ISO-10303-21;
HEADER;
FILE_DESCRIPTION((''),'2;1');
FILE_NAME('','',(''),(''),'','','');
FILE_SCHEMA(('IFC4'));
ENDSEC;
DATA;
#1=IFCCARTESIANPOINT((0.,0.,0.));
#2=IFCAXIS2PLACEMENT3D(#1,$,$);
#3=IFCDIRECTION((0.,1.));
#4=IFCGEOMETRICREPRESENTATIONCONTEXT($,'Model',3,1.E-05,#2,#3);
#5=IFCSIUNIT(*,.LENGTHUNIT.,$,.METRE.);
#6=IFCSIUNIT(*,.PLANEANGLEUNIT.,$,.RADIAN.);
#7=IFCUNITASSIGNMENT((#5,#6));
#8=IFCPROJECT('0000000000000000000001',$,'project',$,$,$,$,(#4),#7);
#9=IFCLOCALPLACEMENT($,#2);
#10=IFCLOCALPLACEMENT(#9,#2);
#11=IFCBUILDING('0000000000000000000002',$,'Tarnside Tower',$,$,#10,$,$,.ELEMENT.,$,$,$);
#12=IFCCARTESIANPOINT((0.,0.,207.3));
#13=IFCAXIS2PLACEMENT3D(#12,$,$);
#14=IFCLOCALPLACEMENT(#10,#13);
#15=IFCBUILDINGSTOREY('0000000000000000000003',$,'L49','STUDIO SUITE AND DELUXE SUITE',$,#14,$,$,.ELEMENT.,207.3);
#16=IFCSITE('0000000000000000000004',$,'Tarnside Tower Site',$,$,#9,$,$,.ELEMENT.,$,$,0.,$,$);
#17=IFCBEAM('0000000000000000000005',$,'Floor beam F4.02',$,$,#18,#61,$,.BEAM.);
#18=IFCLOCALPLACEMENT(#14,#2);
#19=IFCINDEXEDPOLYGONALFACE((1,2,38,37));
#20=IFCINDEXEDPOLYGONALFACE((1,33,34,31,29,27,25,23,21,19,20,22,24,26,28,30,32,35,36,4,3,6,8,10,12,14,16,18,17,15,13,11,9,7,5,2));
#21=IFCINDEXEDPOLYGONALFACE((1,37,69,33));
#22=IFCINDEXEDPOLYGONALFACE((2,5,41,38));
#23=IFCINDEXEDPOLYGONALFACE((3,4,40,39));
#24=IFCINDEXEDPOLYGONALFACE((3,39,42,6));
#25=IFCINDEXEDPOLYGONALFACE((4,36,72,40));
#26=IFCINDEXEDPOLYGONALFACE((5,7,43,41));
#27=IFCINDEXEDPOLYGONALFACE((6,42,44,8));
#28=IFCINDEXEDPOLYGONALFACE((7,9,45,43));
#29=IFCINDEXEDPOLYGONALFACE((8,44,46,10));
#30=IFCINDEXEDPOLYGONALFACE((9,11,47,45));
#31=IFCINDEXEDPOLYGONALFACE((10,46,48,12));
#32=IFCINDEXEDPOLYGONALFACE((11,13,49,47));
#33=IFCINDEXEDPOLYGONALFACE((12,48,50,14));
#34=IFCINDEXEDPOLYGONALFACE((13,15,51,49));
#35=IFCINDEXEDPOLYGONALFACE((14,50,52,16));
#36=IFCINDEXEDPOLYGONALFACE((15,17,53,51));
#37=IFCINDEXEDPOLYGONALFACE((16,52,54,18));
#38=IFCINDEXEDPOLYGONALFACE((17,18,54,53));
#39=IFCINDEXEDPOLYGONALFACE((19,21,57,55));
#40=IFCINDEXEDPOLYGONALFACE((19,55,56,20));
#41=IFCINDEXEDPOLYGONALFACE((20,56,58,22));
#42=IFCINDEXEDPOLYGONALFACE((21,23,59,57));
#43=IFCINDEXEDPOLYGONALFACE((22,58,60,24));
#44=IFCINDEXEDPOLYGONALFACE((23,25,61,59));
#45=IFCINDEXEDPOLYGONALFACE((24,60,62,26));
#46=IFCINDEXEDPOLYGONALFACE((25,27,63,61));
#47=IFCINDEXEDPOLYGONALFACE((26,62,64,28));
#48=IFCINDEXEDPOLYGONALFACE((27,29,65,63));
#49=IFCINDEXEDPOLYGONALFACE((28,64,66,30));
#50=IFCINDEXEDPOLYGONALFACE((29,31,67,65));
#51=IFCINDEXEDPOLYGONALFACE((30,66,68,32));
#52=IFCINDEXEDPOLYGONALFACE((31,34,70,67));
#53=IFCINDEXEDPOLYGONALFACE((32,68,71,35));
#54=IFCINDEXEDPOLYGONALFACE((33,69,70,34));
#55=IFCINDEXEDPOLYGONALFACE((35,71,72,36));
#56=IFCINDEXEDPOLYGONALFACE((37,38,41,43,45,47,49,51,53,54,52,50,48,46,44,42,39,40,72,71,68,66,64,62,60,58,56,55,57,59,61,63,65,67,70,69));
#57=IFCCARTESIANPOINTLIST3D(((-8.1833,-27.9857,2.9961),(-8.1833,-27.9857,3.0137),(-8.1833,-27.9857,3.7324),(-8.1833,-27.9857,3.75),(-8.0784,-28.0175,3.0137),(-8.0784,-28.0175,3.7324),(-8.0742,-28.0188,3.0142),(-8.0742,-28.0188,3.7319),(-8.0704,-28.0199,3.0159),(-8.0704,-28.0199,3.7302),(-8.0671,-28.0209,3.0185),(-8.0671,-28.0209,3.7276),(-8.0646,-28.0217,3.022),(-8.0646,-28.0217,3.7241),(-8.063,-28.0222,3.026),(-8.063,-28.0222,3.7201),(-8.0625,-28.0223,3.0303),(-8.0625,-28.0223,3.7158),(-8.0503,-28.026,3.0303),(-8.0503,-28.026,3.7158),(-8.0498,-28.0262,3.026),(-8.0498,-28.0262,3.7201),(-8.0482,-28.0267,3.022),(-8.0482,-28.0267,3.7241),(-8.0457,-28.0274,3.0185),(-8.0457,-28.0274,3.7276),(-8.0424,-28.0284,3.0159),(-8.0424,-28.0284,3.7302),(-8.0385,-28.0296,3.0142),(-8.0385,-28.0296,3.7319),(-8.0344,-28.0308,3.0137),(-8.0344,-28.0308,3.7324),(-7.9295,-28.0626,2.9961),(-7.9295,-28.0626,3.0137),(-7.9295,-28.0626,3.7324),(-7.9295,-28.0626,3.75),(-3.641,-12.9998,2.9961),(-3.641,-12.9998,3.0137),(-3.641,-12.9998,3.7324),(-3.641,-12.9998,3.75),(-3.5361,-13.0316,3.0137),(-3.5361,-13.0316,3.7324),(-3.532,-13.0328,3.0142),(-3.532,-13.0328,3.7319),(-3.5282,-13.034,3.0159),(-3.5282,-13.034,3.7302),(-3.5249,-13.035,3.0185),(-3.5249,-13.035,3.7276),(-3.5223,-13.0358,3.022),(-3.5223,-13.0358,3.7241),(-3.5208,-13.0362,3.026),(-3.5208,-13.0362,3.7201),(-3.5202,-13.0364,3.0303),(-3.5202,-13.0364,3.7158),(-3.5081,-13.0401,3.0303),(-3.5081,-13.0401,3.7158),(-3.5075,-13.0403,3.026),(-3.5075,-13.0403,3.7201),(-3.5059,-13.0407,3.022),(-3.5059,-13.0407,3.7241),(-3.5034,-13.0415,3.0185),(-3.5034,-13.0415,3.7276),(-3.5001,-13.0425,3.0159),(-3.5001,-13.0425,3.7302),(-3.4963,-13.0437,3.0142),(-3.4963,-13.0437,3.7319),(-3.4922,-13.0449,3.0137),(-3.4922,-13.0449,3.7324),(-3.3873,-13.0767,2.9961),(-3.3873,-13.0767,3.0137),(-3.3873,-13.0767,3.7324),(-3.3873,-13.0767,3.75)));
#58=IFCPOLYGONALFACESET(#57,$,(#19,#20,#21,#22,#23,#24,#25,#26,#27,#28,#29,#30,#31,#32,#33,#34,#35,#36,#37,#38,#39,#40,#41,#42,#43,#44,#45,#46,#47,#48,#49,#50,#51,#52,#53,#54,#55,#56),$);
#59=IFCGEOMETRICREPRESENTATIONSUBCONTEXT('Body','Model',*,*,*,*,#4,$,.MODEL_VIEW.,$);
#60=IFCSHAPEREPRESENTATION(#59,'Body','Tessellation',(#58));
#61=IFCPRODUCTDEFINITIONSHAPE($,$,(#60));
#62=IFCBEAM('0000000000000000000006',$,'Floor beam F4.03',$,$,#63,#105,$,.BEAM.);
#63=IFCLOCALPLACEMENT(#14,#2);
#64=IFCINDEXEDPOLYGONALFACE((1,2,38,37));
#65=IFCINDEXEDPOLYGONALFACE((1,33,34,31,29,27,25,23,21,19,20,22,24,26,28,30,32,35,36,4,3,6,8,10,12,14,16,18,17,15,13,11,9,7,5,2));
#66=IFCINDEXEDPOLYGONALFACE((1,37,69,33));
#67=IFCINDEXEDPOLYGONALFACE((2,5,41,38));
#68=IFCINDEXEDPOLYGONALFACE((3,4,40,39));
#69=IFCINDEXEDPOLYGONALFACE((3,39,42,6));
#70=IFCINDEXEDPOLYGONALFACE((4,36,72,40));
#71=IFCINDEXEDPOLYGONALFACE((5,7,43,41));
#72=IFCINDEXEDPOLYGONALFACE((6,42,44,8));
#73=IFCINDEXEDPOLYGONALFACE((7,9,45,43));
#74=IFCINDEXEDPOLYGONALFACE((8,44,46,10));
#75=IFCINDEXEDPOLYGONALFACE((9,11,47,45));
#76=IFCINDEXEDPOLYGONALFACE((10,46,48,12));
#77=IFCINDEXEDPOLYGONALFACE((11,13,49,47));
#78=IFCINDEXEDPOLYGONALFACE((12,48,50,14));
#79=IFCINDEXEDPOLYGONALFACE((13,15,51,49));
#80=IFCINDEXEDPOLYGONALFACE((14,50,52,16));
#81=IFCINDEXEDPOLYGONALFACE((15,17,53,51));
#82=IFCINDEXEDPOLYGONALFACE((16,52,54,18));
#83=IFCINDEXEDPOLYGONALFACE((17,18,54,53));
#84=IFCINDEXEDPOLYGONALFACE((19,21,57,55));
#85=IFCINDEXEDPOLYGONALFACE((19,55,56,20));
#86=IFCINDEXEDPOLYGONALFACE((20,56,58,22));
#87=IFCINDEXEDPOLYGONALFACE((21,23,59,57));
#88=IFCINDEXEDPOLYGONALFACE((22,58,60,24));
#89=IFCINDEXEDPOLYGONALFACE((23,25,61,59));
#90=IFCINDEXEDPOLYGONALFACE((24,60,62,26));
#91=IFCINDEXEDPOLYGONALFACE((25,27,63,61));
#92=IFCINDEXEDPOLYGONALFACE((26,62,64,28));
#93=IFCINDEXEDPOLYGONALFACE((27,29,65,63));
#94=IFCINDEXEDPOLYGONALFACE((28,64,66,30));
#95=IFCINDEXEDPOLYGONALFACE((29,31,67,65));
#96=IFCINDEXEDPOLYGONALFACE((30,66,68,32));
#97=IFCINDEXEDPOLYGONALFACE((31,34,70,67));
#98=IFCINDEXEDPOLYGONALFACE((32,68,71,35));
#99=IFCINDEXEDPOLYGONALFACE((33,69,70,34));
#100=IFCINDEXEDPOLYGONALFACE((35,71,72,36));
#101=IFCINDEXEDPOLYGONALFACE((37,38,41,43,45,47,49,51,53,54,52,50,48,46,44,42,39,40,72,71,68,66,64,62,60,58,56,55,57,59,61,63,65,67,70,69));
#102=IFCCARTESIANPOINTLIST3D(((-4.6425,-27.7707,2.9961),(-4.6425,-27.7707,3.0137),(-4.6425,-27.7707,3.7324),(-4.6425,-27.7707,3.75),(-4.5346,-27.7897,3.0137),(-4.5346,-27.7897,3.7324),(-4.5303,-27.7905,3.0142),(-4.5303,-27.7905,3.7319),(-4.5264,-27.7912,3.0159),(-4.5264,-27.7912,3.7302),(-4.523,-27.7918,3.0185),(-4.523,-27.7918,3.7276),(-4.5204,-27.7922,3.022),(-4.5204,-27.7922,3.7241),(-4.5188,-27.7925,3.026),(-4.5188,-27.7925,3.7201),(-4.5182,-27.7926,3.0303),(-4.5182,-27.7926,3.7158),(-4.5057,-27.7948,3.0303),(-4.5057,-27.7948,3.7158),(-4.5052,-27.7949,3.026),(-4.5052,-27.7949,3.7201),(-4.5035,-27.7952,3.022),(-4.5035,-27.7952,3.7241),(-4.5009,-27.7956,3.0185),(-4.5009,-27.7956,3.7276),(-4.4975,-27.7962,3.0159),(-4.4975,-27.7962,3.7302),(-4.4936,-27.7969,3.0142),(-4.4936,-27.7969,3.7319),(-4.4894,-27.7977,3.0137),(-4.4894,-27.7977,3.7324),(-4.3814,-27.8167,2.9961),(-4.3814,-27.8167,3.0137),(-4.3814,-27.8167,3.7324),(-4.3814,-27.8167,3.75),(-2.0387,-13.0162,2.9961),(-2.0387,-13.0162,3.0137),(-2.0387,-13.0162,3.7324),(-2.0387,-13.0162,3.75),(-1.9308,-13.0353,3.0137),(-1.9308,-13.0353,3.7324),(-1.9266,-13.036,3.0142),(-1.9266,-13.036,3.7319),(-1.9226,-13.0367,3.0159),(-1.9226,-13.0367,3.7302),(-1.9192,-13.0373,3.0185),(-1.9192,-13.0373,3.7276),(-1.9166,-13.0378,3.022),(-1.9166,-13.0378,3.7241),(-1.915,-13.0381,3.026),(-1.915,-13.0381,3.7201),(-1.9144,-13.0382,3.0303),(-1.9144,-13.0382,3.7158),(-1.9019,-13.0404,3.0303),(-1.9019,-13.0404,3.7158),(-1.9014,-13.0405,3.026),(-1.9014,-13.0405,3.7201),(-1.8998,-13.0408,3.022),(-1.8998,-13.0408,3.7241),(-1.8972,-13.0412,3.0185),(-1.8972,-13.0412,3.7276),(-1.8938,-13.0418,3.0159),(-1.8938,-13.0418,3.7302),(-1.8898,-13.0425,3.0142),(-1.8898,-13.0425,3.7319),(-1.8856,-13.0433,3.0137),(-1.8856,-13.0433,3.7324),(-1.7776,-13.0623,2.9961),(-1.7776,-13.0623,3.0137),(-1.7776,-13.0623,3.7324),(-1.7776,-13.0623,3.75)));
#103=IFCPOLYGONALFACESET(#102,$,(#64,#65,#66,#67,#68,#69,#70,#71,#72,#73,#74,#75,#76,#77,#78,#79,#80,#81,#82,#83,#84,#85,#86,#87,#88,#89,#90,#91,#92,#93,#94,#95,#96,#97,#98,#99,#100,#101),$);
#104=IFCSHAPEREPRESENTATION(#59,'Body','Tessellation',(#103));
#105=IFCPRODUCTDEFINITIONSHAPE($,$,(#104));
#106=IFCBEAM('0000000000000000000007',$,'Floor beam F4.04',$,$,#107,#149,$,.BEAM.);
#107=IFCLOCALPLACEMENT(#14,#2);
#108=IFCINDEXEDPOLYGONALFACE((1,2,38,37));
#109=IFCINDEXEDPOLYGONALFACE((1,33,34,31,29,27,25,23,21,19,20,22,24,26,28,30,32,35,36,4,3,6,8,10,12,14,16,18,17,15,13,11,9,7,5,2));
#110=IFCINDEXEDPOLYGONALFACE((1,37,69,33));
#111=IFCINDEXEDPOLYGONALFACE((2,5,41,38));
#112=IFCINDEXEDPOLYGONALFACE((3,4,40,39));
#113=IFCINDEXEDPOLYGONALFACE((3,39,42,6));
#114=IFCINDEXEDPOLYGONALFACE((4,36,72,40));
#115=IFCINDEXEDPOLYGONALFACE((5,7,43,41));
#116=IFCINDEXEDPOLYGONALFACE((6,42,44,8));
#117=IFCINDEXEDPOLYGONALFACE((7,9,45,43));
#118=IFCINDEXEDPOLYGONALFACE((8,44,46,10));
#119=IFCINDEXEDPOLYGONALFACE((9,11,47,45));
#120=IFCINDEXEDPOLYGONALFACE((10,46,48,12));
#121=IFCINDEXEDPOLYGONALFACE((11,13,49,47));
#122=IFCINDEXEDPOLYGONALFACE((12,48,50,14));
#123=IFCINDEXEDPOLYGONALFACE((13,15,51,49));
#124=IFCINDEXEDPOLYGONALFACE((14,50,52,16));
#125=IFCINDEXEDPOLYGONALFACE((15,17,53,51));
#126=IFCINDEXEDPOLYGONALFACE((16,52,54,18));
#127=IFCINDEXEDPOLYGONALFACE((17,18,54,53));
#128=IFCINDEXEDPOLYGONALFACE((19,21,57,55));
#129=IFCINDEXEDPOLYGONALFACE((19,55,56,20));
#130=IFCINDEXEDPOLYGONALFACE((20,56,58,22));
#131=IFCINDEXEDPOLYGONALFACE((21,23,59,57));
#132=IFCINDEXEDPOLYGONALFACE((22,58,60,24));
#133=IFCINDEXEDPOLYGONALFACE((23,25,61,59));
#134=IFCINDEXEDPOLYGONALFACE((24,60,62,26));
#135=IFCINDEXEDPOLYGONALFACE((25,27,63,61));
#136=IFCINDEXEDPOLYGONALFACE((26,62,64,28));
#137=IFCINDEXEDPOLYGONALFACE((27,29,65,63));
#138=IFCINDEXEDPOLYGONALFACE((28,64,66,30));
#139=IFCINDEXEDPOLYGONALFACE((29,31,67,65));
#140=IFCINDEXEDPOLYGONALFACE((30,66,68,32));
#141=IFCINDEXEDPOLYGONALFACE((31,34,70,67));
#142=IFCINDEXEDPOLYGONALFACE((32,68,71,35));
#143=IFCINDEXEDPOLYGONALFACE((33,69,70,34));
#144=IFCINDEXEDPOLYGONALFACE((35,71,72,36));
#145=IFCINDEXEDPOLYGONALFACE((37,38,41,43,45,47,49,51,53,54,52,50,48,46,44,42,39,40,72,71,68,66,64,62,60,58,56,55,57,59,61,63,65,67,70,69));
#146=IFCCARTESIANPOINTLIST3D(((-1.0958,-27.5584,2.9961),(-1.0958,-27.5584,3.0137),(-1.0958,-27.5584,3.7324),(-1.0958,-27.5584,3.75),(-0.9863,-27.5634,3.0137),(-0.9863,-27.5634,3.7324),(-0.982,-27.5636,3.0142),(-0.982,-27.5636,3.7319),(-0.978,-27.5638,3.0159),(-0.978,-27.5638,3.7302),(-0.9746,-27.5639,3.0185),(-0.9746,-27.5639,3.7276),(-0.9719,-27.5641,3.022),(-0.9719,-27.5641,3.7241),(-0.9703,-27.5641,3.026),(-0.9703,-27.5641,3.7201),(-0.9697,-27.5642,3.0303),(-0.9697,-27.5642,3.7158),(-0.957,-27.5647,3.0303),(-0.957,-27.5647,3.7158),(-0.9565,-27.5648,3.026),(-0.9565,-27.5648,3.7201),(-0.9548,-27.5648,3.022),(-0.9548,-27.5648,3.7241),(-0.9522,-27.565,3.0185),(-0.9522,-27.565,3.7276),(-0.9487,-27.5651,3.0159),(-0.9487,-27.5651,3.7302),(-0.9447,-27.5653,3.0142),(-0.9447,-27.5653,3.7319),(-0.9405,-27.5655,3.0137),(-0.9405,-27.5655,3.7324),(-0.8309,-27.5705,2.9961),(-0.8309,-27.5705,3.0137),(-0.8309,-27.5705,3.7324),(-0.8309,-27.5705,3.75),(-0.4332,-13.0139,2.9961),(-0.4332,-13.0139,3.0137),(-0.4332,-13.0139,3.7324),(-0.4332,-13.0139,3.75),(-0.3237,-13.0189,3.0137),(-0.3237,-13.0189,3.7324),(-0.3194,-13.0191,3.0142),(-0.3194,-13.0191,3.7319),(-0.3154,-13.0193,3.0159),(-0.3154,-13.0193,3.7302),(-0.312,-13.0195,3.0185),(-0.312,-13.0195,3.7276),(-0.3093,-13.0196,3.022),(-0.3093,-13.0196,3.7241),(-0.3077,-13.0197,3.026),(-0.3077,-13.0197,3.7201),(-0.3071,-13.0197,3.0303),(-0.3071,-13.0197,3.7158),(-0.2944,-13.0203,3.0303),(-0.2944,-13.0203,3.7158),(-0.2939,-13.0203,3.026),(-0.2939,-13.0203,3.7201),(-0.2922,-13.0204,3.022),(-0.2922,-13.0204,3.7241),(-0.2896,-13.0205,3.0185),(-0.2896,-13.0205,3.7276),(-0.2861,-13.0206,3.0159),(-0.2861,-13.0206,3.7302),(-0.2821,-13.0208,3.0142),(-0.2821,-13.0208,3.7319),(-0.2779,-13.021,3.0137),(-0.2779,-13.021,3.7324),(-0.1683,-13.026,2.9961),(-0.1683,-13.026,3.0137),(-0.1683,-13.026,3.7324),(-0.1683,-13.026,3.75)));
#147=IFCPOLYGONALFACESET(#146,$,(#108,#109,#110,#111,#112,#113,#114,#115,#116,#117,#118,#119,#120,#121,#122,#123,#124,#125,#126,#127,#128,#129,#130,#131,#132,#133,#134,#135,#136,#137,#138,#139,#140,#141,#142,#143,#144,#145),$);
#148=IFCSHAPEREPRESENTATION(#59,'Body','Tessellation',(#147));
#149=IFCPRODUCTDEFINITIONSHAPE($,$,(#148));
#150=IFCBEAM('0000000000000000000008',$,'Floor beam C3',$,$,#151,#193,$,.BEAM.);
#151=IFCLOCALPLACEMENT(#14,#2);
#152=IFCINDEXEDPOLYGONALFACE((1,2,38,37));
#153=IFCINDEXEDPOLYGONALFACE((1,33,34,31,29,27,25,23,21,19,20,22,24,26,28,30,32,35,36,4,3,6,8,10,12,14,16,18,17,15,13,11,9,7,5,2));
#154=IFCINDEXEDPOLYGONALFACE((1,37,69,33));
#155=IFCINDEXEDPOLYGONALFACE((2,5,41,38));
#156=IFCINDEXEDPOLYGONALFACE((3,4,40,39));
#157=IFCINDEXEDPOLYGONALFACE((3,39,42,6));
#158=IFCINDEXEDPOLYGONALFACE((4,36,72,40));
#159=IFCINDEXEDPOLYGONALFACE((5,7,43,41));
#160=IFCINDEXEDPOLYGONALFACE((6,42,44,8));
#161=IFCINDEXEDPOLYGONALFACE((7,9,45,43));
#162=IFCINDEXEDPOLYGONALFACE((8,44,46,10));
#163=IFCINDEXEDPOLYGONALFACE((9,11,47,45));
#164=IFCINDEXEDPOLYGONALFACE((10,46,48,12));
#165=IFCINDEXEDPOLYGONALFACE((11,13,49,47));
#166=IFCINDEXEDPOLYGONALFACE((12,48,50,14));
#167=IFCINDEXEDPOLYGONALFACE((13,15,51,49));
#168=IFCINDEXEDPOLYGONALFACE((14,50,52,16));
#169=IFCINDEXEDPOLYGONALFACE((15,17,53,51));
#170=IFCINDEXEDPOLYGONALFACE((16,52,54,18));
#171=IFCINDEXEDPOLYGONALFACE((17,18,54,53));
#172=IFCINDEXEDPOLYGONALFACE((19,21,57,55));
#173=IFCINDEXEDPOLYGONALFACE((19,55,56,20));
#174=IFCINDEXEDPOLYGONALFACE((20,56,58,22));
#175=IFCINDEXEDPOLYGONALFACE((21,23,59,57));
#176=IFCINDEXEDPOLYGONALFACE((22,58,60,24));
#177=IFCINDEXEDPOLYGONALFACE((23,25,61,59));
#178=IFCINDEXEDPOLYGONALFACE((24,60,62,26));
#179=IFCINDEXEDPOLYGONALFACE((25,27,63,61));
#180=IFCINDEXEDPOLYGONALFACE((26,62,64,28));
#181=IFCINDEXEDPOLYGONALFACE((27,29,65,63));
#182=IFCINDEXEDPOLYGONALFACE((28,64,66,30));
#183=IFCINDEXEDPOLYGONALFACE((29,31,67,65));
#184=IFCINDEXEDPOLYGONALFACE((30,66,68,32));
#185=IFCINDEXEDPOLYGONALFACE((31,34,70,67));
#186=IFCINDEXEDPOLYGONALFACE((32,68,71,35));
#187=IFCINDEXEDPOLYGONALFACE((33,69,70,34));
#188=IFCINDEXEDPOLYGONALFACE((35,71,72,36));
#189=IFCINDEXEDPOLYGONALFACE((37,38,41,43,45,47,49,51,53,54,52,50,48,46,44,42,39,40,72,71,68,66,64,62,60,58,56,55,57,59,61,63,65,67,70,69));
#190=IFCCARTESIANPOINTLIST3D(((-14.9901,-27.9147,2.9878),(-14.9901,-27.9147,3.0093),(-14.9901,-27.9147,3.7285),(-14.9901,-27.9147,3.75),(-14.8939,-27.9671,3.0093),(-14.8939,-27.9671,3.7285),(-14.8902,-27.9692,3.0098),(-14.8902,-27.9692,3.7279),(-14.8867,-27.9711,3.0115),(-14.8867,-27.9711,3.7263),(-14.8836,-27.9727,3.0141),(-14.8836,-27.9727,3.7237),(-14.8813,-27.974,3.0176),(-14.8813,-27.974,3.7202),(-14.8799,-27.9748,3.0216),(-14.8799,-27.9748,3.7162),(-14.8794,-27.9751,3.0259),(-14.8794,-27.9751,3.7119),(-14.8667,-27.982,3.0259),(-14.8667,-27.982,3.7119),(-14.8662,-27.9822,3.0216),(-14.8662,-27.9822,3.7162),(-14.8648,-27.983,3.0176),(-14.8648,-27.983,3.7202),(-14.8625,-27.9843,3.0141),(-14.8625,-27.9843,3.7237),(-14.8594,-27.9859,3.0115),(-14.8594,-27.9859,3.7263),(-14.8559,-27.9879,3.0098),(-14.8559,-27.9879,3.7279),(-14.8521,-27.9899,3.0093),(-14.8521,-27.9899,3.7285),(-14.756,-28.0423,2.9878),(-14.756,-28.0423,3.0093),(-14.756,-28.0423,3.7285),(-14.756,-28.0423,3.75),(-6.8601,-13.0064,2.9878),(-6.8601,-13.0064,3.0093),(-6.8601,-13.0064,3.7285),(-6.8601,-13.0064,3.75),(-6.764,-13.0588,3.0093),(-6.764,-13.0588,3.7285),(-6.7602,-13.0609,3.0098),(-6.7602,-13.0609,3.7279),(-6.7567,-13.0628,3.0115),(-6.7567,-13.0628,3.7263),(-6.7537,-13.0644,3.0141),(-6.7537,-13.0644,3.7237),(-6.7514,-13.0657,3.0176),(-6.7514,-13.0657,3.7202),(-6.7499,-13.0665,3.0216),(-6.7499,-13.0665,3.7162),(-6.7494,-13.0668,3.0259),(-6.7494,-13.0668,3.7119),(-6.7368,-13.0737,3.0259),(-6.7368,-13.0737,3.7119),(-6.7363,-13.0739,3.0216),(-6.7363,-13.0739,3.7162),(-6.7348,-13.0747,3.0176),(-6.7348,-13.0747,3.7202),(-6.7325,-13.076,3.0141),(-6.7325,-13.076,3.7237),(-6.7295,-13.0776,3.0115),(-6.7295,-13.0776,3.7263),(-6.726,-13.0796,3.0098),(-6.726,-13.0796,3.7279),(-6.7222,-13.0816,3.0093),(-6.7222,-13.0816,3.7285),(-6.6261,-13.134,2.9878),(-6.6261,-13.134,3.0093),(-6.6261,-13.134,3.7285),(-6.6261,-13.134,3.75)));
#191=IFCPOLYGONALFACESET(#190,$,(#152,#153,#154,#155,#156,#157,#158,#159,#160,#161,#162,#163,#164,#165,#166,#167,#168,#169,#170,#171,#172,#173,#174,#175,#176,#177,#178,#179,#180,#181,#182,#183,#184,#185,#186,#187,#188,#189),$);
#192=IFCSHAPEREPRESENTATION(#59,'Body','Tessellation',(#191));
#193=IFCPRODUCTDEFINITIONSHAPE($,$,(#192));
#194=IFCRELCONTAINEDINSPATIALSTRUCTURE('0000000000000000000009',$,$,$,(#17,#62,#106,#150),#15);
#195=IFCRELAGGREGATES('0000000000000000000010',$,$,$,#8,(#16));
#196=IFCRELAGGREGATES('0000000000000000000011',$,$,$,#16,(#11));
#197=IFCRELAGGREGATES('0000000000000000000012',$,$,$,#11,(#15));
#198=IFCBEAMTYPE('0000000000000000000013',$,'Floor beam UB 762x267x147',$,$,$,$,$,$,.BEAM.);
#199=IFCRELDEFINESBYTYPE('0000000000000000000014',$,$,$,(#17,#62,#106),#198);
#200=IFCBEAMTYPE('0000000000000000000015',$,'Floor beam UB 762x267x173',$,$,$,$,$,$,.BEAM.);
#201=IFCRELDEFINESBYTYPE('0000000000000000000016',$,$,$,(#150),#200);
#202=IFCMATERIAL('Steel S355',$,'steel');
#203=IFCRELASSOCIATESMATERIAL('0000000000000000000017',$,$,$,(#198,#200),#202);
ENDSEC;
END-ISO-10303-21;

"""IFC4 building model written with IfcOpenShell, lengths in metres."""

from ifc_helpers import new_model, si_unit, direction, frame, origin, origin_2d, place, context, subcontext, project, spatial, i_section, extrude, material, material_profile, profile_set, type_object, element, save


model = new_model("IFC4")

# Units and contexts
model_context = context("Model", 3, precision=1e-05, world=origin(), true_north=direction((0.0, 1.0)))
body_context = subcontext(model_context, "Body", "Model", "MODEL_VIEW")
ifc_project = project(units=[si_unit("LENGTHUNIT", "METRE"), si_unit("PLANEANGLEUNIT", "RADIAN")], contexts=[model_context])

# Site, building, storey
site_placement = place(None, origin())
site = spatial("IfcSite", under=ifc_project, at=site_placement, Name="Tarnside Tower Site", CompositionType="ELEMENT", RefElevation=0.0)
building_placement = place(site_placement, origin())
building = spatial("IfcBuilding", under=site, at=building_placement, Name="Tarnside Tower", CompositionType="ELEMENT")
storey_placement = place(building_placement, frame((0.0, 0.0, 207.3)))
storey = spatial("IfcBuildingStorey", under=building, at=storey_placement, Name="L49", Description="STUDIO SUITE AND DELUXE SUITE", CompositionType="ELEMENT", Elevation=207.3)

# Beams
ifc_material_1 = material(Name="Steel S355", Category="steel")
ifc_material_profile_1 = material_profile(ifc_material_1, i_section(OverallWidth=0.2651, OverallDepth=0.7539, WebThickness=0.0127, FlangeThickness=0.0176, FilletRadius=0.0166, at=origin_2d()), Name="UB 762x267x147")
ifc_profile_set_1 = profile_set([ifc_material_profile_1], Name="Steel S355")
beam_type_1 = type_object("IfcBeamType", Name="Floor beam UB 762x267x147", PredefinedType="BEAM", material=ifc_profile_set_1)
beam_1_placement = place(storey_placement, frame((-8.0564, -28.0242, 3.373), z_axis=(0.29007, 0.957005, 0.0), x_axis=(-0.957005, 0.29007, 0.0)))
element("IfcBeam", 1, at=beam_1_placement, inside=storey, type_object=beam_type_1, Name="Floor beam F4.02", PredefinedType="BEAM", context=body_context, shape_type="SweptSolid", body=[
    extrude(i_section(OverallWidth=0.2651, OverallDepth=0.7539, WebThickness=0.0127, FlangeThickness=0.0176, FilletRadius=0.0166, at=origin_2d()), origin(), (0.0, 0.0, 1.0), 15.6592),
])
beam_2_placement = place(storey_placement, frame((-4.512, -27.7937, 3.373), z_axis=(0.173788, 0.984783, 0.0), x_axis=(-0.984783, 0.173788, 0.0)))
element("IfcBeam", 2, at=beam_2_placement, inside=storey, type_object=beam_type_1, Name="Floor beam F4.03", PredefinedType="BEAM", context=body_context, shape_type="SweptSolid", body=[
    extrude(i_section(OverallWidth=0.2651, OverallDepth=0.7539, WebThickness=0.0127, FlangeThickness=0.0176, FilletRadius=0.0166, at=origin_2d()), origin(), (0.0, 0.0, 1.0), 14.9824),
])
beam_3_placement = place(storey_placement, frame((-0.9634, -27.5645, 3.373), z_axis=(0.04551, 0.998964, 0.0), x_axis=(-0.998964, 0.04551, 0.0)))
element("IfcBeam", 3, at=beam_3_placement, inside=storey, type_object=beam_type_1, Name="Floor beam F4.04", PredefinedType="BEAM", context=body_context, shape_type="SweptSolid", body=[
    extrude(i_section(OverallWidth=0.2651, OverallDepth=0.7539, WebThickness=0.0127, FlangeThickness=0.0176, FilletRadius=0.0166, at=origin_2d()), origin(), (0.0, 0.0, 1.0), 14.5596),
])
ifc_material_profile_2 = material_profile(ifc_material_1, i_section(OverallWidth=0.2666, OverallDepth=0.7622, WebThickness=0.0144, FlangeThickness=0.0215, FilletRadius=0.0166, at=origin_2d()), Name="UB 762x267x173")
ifc_profile_set_2 = profile_set([ifc_material_profile_2], Name="Steel S355")
beam_type_2 = type_object("IfcBeamType", Name="Floor beam UB 762x267x173", PredefinedType="BEAM", material=ifc_profile_set_2)
beam_4_placement = place(storey_placement, frame((-14.873, -27.9785, 3.3689), z_axis=(0.478768, 0.877942, 0.0), x_axis=(-0.877942, 0.478768, 0.0)))
element("IfcBeam", 4, at=beam_4_placement, inside=storey, type_object=beam_type_2, Name="Floor beam C3", PredefinedType="BEAM", context=body_context, shape_type="SweptSolid", body=[
    extrude(i_section(OverallWidth=0.2666, OverallDepth=0.7622, WebThickness=0.0144, FlangeThickness=0.0215, FilletRadius=0.0166, at=origin_2d()), origin(), (0.0, 0.0, 1.0), 16.981),
])

save(model, "model.ifc")
